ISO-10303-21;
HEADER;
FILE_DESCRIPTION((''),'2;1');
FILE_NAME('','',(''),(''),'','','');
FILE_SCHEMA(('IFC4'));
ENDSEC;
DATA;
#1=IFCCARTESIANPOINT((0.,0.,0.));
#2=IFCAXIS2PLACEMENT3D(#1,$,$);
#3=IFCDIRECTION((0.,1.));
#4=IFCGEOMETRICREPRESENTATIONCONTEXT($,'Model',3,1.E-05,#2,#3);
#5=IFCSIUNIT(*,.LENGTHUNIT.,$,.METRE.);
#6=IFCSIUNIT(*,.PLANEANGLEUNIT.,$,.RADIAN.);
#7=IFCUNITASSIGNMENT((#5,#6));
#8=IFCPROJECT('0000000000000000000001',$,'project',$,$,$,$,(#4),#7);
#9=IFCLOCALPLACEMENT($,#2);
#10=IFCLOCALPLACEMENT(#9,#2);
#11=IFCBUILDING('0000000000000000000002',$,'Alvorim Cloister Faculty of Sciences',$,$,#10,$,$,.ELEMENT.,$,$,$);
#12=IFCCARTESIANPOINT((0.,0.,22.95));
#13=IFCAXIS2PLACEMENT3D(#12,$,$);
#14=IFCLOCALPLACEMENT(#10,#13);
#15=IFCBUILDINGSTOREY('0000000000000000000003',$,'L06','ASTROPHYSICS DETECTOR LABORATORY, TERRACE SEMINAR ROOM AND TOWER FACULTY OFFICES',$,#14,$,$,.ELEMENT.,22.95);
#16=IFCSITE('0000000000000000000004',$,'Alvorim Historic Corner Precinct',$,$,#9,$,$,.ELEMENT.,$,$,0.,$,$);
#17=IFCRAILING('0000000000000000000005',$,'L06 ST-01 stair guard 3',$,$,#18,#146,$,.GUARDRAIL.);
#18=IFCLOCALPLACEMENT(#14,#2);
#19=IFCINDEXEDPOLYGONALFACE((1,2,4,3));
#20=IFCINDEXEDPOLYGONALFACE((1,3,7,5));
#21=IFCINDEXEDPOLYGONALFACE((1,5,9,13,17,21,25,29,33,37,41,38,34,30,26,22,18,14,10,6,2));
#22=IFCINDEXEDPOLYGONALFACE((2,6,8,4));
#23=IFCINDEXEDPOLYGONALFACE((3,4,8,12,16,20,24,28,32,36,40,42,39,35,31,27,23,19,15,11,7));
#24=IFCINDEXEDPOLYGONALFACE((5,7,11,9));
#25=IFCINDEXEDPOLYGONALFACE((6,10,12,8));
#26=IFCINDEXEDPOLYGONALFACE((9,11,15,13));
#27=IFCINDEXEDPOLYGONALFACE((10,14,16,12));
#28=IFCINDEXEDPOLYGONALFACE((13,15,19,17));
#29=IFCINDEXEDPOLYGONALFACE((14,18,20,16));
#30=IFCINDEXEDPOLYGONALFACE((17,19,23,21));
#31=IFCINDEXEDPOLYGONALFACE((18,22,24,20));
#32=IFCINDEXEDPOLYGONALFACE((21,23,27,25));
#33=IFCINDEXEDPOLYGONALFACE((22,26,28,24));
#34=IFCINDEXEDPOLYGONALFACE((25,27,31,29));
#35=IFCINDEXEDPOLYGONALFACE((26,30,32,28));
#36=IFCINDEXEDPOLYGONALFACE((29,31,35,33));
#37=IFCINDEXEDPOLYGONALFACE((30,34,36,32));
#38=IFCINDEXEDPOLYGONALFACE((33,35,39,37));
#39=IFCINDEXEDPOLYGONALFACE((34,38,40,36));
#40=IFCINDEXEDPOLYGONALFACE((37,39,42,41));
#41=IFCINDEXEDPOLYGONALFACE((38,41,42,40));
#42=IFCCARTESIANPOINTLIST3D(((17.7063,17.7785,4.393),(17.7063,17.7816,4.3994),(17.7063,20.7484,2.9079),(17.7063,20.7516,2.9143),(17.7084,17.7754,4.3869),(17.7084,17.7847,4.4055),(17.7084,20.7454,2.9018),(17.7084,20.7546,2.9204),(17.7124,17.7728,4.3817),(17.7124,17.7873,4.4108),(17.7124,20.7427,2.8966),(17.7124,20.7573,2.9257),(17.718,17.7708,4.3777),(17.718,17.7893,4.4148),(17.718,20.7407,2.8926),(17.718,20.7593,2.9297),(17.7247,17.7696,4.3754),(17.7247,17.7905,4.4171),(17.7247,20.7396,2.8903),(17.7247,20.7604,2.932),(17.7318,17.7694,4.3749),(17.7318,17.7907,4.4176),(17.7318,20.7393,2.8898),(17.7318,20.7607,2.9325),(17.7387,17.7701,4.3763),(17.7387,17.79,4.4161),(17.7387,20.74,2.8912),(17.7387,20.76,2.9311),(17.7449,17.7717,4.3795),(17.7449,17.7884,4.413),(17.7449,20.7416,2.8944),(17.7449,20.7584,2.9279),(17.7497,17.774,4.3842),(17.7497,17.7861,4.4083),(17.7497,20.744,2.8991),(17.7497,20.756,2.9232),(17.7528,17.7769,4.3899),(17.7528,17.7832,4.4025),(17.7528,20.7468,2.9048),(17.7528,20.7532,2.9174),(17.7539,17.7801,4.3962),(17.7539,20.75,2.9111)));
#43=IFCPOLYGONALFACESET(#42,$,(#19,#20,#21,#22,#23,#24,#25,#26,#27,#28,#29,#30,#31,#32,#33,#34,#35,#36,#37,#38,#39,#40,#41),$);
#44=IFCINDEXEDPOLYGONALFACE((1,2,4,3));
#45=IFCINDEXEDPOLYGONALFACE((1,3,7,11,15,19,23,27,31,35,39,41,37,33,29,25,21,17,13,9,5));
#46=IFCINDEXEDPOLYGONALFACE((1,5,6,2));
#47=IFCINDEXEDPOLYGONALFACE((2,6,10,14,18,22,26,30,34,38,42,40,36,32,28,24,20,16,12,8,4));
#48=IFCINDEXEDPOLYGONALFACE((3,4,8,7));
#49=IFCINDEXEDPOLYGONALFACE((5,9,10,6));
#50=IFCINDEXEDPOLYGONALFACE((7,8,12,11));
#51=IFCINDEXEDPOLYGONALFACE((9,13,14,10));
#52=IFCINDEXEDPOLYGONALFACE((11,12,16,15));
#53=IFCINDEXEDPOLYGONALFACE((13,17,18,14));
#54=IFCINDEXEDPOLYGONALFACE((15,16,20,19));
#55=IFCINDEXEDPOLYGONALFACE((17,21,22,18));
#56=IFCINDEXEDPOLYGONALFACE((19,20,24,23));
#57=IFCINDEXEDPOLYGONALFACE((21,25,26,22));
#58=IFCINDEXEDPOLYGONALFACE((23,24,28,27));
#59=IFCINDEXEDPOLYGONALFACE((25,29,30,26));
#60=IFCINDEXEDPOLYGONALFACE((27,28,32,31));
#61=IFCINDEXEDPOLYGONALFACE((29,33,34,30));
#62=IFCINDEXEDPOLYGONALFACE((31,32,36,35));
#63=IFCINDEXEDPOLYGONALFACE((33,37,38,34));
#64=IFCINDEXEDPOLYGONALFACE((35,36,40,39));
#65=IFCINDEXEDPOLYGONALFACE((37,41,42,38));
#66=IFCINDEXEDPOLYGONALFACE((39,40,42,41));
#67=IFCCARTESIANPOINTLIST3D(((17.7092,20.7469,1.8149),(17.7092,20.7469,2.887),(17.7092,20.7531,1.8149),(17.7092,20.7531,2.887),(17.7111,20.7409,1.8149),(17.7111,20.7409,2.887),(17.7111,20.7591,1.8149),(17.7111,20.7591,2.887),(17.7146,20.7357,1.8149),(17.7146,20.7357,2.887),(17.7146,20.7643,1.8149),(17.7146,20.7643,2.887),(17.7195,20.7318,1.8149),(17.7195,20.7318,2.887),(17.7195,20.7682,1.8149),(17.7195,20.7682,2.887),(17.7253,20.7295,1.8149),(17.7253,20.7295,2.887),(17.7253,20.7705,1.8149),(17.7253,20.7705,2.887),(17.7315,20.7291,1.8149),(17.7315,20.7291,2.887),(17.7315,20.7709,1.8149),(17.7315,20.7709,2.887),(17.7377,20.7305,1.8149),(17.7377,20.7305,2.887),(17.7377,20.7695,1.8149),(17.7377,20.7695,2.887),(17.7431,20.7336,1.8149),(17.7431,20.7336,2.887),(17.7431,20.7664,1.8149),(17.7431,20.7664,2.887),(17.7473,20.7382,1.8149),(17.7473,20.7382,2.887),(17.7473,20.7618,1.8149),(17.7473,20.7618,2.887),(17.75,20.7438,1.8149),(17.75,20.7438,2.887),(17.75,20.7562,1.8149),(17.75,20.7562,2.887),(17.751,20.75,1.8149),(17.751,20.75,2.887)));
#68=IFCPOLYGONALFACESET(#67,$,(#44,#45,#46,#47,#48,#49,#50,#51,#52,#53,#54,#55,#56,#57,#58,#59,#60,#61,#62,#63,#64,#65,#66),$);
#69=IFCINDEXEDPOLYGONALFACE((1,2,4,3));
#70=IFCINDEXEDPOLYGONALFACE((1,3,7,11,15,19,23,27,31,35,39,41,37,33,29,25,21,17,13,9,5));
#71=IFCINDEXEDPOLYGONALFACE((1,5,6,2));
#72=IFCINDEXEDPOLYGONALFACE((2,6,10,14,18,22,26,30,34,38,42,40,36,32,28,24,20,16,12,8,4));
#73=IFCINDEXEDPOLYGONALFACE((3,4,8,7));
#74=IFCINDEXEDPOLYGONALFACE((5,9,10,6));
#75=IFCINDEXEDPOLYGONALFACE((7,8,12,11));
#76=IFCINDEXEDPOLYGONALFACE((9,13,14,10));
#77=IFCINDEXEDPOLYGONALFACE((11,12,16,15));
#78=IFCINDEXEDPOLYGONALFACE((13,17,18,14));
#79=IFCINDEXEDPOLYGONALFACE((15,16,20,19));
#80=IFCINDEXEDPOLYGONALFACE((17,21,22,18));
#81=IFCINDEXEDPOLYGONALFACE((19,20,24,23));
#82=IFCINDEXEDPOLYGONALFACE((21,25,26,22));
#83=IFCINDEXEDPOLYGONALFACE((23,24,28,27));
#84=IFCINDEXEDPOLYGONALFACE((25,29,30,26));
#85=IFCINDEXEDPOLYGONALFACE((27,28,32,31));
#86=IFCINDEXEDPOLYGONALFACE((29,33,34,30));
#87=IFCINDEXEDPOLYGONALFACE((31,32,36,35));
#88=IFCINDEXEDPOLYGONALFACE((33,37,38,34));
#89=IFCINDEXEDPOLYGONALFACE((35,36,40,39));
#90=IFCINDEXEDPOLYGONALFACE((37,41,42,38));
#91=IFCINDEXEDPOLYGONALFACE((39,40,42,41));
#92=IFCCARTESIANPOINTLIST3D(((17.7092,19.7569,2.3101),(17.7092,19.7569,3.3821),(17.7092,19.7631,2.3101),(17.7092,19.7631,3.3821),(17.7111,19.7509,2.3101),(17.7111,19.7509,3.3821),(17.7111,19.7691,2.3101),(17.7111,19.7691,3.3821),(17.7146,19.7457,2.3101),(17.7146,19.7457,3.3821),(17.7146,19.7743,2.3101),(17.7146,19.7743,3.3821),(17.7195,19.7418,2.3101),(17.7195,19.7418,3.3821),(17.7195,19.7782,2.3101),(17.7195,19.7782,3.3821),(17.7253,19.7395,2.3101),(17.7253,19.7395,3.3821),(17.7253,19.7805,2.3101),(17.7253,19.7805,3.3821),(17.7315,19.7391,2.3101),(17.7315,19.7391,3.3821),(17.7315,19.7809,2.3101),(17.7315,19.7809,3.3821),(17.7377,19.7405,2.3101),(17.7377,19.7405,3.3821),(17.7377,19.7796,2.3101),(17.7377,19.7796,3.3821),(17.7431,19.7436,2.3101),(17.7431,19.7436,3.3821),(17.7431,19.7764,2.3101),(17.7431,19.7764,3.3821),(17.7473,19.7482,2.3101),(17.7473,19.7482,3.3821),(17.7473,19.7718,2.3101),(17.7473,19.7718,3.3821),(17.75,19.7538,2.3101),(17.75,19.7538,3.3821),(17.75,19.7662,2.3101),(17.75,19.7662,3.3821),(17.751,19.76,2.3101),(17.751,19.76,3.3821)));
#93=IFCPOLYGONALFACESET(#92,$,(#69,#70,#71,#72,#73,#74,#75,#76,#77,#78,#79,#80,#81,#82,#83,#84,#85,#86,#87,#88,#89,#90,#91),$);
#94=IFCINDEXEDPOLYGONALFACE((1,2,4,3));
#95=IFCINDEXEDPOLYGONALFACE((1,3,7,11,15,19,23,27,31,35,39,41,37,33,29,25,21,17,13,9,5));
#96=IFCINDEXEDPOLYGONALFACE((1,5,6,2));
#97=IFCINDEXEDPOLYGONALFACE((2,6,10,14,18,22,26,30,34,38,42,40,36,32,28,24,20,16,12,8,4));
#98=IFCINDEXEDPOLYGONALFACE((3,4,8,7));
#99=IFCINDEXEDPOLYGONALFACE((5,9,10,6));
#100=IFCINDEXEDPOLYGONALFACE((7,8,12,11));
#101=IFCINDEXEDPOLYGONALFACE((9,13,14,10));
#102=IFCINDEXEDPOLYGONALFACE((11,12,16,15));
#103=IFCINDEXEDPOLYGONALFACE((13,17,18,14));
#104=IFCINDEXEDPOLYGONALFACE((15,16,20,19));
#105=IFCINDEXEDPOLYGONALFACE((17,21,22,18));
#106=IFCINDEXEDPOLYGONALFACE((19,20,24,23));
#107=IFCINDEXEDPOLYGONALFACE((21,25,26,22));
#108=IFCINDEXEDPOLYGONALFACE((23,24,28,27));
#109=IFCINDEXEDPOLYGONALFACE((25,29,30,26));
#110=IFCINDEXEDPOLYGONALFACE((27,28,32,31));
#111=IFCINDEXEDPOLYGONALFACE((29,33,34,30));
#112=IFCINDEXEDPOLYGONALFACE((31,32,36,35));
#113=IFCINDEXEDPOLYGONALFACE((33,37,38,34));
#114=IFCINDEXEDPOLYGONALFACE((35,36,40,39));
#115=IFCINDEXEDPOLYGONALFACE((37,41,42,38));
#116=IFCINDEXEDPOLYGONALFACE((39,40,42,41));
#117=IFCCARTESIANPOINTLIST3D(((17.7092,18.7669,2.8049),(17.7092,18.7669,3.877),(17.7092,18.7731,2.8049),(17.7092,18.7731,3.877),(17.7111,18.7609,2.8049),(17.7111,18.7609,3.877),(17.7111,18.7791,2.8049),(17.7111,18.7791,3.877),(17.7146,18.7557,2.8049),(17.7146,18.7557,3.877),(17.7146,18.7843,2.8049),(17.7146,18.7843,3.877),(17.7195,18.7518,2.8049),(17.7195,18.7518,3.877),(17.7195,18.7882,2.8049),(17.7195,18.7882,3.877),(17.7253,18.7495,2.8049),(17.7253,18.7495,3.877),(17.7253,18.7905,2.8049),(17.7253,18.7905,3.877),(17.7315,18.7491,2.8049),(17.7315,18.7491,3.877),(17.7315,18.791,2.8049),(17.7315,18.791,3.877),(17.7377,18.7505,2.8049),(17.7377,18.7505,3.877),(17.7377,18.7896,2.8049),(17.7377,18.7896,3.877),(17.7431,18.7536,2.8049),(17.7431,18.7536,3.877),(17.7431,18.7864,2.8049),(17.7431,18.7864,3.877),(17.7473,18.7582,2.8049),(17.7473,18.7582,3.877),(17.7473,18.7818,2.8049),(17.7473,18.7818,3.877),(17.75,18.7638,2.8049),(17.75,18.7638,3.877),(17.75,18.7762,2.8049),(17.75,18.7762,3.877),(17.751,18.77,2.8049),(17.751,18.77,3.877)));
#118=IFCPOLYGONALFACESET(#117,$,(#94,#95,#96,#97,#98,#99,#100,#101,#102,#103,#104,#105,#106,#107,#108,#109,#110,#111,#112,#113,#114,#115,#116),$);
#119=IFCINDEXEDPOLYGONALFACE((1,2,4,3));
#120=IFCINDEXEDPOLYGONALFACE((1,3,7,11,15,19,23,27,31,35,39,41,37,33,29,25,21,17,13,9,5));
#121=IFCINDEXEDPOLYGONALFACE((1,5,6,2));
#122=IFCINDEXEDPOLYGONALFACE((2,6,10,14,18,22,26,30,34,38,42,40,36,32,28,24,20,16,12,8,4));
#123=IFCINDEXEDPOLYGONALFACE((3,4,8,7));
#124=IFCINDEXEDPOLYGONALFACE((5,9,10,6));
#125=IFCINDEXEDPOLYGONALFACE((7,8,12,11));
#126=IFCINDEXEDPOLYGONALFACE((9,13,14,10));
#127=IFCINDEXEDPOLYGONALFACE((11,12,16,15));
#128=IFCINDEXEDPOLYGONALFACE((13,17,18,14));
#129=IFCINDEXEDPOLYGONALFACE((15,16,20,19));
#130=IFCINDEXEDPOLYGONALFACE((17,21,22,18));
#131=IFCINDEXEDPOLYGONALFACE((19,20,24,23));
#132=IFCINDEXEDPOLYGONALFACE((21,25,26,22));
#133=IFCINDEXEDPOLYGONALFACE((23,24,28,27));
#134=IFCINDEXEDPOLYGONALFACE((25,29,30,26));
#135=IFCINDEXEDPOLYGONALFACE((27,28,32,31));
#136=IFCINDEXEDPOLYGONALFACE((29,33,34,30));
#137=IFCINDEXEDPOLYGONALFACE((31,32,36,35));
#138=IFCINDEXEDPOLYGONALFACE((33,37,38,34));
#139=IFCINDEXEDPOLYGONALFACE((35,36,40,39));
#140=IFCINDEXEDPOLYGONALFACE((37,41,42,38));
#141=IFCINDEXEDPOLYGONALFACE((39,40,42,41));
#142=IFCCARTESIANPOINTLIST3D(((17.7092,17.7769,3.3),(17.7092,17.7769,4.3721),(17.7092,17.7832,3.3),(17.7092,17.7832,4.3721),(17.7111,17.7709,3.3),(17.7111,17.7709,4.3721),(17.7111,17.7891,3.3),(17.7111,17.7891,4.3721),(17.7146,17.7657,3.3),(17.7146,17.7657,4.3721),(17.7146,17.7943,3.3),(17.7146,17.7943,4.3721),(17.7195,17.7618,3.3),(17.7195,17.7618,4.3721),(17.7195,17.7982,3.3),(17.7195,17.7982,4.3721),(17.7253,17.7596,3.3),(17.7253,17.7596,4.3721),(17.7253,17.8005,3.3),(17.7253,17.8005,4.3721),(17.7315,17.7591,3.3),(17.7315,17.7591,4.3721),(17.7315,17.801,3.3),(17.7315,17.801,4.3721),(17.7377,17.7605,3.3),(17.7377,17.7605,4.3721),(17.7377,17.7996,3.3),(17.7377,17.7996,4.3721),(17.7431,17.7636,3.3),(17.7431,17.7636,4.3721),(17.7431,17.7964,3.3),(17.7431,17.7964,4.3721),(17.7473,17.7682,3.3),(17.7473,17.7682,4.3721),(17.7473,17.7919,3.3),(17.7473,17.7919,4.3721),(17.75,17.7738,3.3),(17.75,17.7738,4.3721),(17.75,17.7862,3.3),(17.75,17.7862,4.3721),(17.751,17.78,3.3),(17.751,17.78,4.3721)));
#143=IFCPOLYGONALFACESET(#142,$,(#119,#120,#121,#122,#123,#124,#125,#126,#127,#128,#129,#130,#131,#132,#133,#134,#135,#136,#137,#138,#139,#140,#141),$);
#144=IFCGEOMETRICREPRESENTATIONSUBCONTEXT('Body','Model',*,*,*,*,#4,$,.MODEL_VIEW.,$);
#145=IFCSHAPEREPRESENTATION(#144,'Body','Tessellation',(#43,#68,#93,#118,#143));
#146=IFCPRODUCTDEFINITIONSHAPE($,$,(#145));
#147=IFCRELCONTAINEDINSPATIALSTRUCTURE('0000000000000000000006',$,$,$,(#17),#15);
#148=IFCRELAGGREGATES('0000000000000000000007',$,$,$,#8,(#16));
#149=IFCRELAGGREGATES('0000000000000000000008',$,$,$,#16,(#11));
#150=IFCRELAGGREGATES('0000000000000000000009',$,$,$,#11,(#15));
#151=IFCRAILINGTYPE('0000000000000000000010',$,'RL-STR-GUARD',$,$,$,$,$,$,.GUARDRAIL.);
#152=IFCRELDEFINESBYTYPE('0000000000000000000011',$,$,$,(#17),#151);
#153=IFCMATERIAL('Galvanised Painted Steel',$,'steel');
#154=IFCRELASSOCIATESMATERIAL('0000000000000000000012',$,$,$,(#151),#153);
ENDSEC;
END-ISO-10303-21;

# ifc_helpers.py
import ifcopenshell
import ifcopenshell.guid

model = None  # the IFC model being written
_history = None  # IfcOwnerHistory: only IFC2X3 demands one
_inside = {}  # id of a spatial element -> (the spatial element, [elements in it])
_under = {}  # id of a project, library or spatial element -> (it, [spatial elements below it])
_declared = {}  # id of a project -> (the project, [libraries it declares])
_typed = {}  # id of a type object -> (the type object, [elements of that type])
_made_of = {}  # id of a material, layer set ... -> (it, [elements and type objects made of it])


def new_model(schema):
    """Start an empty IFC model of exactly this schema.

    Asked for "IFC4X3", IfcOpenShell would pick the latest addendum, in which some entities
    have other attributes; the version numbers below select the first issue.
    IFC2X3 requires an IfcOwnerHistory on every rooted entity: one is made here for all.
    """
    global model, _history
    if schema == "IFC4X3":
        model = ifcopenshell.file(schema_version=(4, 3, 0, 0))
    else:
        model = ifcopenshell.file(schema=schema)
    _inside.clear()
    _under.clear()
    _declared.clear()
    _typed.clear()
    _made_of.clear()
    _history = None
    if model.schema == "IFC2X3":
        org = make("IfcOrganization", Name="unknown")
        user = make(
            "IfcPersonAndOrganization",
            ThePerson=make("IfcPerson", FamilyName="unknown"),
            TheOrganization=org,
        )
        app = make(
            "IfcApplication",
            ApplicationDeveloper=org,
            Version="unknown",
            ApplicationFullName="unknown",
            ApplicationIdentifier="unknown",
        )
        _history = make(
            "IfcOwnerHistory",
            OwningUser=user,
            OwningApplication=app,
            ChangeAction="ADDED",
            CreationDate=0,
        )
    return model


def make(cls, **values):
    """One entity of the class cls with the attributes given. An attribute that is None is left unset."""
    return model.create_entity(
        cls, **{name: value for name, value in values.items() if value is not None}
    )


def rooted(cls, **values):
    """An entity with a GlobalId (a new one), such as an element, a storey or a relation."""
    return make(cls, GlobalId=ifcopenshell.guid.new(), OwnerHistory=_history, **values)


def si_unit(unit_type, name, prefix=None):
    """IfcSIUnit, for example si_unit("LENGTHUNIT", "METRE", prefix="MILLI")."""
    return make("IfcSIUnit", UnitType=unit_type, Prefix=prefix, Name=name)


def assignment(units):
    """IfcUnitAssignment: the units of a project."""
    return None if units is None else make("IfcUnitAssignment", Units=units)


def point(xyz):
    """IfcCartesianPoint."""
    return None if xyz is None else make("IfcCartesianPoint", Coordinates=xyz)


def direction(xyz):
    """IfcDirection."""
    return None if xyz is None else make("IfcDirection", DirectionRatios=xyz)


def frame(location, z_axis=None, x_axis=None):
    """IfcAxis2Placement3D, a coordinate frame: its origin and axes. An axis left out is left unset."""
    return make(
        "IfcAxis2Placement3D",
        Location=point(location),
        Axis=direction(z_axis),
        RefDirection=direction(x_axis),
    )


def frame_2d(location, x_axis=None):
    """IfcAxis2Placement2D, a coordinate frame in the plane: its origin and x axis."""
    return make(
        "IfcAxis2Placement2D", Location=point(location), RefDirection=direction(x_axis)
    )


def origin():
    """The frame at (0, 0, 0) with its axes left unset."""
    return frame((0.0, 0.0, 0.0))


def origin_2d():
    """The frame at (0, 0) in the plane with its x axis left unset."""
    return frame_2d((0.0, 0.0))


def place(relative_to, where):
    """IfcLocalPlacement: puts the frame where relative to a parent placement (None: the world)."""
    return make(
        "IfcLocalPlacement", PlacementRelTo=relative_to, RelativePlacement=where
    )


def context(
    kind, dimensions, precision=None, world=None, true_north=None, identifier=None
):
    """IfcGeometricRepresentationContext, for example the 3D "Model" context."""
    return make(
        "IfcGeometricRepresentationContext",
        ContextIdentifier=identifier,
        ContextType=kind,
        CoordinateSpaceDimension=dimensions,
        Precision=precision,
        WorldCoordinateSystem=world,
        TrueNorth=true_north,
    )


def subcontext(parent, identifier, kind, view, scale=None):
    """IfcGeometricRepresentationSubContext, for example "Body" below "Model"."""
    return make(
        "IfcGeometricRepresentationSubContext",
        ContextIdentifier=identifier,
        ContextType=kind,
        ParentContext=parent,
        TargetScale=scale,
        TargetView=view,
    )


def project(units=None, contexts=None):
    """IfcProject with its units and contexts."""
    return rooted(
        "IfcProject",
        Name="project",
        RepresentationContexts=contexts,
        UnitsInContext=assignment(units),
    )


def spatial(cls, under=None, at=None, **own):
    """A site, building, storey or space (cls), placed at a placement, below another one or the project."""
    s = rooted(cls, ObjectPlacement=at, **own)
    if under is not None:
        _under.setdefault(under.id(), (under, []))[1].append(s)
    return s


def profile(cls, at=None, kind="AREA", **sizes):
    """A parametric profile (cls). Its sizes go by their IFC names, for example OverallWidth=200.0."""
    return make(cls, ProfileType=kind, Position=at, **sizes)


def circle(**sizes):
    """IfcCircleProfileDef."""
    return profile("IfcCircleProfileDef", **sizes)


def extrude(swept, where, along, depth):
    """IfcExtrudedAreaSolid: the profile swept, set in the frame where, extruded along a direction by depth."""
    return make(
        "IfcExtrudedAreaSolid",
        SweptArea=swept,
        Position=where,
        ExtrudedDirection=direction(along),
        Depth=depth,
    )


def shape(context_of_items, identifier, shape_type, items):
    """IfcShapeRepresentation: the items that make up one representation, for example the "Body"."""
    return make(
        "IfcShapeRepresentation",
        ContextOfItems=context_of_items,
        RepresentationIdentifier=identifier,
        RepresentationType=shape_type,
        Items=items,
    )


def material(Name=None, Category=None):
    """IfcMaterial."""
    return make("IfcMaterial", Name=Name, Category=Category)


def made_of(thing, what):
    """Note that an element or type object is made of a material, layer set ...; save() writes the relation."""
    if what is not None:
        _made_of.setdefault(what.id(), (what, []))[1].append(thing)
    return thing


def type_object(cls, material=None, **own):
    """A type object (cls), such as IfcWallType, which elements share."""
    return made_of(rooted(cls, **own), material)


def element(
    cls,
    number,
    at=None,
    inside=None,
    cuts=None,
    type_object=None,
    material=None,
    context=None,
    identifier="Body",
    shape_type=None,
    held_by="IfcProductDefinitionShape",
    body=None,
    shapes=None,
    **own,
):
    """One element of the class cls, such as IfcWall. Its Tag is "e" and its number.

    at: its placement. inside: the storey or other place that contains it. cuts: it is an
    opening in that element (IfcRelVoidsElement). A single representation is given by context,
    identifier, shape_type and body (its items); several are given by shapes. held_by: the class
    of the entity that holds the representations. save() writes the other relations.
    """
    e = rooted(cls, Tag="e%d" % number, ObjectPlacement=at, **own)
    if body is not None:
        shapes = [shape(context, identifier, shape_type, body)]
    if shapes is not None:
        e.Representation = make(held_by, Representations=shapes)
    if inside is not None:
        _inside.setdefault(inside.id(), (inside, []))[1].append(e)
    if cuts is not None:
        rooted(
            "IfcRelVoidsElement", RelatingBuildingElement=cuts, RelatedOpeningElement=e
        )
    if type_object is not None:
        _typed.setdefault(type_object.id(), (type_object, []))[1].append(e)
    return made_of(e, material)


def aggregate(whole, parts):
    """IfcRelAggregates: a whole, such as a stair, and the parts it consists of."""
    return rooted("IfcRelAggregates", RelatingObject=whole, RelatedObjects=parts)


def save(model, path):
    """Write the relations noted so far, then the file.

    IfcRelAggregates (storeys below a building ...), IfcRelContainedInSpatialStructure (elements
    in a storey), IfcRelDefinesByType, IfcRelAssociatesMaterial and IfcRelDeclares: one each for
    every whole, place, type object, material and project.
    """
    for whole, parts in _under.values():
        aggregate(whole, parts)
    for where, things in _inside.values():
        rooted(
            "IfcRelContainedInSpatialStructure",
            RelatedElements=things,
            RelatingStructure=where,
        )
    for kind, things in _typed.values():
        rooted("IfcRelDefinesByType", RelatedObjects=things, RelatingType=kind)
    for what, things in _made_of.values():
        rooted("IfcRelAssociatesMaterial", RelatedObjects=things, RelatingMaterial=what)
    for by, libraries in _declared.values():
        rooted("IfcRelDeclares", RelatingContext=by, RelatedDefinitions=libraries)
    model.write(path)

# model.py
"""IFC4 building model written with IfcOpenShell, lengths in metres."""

from ifc_helpers import new_model, si_unit, direction, frame, origin, origin_2d, place, context, subcontext, project, spatial, circle, extrude, material, type_object, element, save


model = new_model("IFC4")

# Units and contexts
model_context = context("Model", 3, precision=1e-05, world=origin(), true_north=direction((0.0, 1.0)))
body_context = subcontext(model_context, "Body", "Model", "MODEL_VIEW")
ifc_project = project(units=[si_unit("LENGTHUNIT", "METRE"), si_unit("PLANEANGLEUNIT", "RADIAN")], contexts=[model_context])

# Site, building, storey
site_placement = place(None, origin())
site = spatial("IfcSite", under=ifc_project, at=site_placement, Name="Alvorim Historic Corner Precinct", CompositionType="ELEMENT", RefElevation=0.0)
building_placement = place(site_placement, origin())
building = spatial("IfcBuilding", under=site, at=building_placement, Name="Alvorim Cloister Faculty of Sciences", CompositionType="ELEMENT")
storey_placement = place(building_placement, frame((0.0, 0.0, 22.95)))
storey = spatial("IfcBuildingStorey", under=building, at=storey_placement, Name="L06", Description="ASTROPHYSICS DETECTOR LABORATORY, TERRACE SEMINAR ROOM AND TOWER FACULTY OFFICES", CompositionType="ELEMENT", Elevation=22.95)

# Railing
ifc_material_1 = material(Name="Galvanised Painted Steel", Category="steel")
railing_type_1 = type_object("IfcRailingType", Name="RL-STR-GUARD", PredefinedType="GUARDRAIL", material=ifc_material_1)
railing_1_placement = place(storey_placement, frame((17.73, 20.75, 1.8149)))
element("IfcRailing", 1, at=railing_1_placement, inside=storey, type_object=railing_type_1, Name="L06 ST-01 stair guard 3", PredefinedType="GUARDRAIL", context=body_context, shape_type="SweptSolid", body=[
    extrude(circle(Radius=0.0239, at=origin_2d()), frame((0.0, 0.0, 1.0962), z_axis=(0.0, -0.894412, 0.447243), x_axis=(1.0, 0.0, 0.0)), (0.0, 0.0, 1.0), 3.3206),
    extrude(circle(Radius=0.021, at=origin_2d()), origin(), (0.0, 0.0, 1.0), 1.072),
    extrude(circle(Radius=0.021, at=origin_2d()), frame((0.0, -0.99, 0.4951)), (0.0, 0.0, 1.0), 1.072),
    extrude(circle(Radius=0.021, at=origin_2d()), frame((0.0, -1.98, 0.99)), (0.0, 0.0, 1.0), 1.072),
    extrude(circle(Radius=0.021, at=origin_2d()), frame((0.0, -2.97, 1.4851)), (0.0, 0.0, 1.0), 1.072),
])

save(model, "model.ifc")
